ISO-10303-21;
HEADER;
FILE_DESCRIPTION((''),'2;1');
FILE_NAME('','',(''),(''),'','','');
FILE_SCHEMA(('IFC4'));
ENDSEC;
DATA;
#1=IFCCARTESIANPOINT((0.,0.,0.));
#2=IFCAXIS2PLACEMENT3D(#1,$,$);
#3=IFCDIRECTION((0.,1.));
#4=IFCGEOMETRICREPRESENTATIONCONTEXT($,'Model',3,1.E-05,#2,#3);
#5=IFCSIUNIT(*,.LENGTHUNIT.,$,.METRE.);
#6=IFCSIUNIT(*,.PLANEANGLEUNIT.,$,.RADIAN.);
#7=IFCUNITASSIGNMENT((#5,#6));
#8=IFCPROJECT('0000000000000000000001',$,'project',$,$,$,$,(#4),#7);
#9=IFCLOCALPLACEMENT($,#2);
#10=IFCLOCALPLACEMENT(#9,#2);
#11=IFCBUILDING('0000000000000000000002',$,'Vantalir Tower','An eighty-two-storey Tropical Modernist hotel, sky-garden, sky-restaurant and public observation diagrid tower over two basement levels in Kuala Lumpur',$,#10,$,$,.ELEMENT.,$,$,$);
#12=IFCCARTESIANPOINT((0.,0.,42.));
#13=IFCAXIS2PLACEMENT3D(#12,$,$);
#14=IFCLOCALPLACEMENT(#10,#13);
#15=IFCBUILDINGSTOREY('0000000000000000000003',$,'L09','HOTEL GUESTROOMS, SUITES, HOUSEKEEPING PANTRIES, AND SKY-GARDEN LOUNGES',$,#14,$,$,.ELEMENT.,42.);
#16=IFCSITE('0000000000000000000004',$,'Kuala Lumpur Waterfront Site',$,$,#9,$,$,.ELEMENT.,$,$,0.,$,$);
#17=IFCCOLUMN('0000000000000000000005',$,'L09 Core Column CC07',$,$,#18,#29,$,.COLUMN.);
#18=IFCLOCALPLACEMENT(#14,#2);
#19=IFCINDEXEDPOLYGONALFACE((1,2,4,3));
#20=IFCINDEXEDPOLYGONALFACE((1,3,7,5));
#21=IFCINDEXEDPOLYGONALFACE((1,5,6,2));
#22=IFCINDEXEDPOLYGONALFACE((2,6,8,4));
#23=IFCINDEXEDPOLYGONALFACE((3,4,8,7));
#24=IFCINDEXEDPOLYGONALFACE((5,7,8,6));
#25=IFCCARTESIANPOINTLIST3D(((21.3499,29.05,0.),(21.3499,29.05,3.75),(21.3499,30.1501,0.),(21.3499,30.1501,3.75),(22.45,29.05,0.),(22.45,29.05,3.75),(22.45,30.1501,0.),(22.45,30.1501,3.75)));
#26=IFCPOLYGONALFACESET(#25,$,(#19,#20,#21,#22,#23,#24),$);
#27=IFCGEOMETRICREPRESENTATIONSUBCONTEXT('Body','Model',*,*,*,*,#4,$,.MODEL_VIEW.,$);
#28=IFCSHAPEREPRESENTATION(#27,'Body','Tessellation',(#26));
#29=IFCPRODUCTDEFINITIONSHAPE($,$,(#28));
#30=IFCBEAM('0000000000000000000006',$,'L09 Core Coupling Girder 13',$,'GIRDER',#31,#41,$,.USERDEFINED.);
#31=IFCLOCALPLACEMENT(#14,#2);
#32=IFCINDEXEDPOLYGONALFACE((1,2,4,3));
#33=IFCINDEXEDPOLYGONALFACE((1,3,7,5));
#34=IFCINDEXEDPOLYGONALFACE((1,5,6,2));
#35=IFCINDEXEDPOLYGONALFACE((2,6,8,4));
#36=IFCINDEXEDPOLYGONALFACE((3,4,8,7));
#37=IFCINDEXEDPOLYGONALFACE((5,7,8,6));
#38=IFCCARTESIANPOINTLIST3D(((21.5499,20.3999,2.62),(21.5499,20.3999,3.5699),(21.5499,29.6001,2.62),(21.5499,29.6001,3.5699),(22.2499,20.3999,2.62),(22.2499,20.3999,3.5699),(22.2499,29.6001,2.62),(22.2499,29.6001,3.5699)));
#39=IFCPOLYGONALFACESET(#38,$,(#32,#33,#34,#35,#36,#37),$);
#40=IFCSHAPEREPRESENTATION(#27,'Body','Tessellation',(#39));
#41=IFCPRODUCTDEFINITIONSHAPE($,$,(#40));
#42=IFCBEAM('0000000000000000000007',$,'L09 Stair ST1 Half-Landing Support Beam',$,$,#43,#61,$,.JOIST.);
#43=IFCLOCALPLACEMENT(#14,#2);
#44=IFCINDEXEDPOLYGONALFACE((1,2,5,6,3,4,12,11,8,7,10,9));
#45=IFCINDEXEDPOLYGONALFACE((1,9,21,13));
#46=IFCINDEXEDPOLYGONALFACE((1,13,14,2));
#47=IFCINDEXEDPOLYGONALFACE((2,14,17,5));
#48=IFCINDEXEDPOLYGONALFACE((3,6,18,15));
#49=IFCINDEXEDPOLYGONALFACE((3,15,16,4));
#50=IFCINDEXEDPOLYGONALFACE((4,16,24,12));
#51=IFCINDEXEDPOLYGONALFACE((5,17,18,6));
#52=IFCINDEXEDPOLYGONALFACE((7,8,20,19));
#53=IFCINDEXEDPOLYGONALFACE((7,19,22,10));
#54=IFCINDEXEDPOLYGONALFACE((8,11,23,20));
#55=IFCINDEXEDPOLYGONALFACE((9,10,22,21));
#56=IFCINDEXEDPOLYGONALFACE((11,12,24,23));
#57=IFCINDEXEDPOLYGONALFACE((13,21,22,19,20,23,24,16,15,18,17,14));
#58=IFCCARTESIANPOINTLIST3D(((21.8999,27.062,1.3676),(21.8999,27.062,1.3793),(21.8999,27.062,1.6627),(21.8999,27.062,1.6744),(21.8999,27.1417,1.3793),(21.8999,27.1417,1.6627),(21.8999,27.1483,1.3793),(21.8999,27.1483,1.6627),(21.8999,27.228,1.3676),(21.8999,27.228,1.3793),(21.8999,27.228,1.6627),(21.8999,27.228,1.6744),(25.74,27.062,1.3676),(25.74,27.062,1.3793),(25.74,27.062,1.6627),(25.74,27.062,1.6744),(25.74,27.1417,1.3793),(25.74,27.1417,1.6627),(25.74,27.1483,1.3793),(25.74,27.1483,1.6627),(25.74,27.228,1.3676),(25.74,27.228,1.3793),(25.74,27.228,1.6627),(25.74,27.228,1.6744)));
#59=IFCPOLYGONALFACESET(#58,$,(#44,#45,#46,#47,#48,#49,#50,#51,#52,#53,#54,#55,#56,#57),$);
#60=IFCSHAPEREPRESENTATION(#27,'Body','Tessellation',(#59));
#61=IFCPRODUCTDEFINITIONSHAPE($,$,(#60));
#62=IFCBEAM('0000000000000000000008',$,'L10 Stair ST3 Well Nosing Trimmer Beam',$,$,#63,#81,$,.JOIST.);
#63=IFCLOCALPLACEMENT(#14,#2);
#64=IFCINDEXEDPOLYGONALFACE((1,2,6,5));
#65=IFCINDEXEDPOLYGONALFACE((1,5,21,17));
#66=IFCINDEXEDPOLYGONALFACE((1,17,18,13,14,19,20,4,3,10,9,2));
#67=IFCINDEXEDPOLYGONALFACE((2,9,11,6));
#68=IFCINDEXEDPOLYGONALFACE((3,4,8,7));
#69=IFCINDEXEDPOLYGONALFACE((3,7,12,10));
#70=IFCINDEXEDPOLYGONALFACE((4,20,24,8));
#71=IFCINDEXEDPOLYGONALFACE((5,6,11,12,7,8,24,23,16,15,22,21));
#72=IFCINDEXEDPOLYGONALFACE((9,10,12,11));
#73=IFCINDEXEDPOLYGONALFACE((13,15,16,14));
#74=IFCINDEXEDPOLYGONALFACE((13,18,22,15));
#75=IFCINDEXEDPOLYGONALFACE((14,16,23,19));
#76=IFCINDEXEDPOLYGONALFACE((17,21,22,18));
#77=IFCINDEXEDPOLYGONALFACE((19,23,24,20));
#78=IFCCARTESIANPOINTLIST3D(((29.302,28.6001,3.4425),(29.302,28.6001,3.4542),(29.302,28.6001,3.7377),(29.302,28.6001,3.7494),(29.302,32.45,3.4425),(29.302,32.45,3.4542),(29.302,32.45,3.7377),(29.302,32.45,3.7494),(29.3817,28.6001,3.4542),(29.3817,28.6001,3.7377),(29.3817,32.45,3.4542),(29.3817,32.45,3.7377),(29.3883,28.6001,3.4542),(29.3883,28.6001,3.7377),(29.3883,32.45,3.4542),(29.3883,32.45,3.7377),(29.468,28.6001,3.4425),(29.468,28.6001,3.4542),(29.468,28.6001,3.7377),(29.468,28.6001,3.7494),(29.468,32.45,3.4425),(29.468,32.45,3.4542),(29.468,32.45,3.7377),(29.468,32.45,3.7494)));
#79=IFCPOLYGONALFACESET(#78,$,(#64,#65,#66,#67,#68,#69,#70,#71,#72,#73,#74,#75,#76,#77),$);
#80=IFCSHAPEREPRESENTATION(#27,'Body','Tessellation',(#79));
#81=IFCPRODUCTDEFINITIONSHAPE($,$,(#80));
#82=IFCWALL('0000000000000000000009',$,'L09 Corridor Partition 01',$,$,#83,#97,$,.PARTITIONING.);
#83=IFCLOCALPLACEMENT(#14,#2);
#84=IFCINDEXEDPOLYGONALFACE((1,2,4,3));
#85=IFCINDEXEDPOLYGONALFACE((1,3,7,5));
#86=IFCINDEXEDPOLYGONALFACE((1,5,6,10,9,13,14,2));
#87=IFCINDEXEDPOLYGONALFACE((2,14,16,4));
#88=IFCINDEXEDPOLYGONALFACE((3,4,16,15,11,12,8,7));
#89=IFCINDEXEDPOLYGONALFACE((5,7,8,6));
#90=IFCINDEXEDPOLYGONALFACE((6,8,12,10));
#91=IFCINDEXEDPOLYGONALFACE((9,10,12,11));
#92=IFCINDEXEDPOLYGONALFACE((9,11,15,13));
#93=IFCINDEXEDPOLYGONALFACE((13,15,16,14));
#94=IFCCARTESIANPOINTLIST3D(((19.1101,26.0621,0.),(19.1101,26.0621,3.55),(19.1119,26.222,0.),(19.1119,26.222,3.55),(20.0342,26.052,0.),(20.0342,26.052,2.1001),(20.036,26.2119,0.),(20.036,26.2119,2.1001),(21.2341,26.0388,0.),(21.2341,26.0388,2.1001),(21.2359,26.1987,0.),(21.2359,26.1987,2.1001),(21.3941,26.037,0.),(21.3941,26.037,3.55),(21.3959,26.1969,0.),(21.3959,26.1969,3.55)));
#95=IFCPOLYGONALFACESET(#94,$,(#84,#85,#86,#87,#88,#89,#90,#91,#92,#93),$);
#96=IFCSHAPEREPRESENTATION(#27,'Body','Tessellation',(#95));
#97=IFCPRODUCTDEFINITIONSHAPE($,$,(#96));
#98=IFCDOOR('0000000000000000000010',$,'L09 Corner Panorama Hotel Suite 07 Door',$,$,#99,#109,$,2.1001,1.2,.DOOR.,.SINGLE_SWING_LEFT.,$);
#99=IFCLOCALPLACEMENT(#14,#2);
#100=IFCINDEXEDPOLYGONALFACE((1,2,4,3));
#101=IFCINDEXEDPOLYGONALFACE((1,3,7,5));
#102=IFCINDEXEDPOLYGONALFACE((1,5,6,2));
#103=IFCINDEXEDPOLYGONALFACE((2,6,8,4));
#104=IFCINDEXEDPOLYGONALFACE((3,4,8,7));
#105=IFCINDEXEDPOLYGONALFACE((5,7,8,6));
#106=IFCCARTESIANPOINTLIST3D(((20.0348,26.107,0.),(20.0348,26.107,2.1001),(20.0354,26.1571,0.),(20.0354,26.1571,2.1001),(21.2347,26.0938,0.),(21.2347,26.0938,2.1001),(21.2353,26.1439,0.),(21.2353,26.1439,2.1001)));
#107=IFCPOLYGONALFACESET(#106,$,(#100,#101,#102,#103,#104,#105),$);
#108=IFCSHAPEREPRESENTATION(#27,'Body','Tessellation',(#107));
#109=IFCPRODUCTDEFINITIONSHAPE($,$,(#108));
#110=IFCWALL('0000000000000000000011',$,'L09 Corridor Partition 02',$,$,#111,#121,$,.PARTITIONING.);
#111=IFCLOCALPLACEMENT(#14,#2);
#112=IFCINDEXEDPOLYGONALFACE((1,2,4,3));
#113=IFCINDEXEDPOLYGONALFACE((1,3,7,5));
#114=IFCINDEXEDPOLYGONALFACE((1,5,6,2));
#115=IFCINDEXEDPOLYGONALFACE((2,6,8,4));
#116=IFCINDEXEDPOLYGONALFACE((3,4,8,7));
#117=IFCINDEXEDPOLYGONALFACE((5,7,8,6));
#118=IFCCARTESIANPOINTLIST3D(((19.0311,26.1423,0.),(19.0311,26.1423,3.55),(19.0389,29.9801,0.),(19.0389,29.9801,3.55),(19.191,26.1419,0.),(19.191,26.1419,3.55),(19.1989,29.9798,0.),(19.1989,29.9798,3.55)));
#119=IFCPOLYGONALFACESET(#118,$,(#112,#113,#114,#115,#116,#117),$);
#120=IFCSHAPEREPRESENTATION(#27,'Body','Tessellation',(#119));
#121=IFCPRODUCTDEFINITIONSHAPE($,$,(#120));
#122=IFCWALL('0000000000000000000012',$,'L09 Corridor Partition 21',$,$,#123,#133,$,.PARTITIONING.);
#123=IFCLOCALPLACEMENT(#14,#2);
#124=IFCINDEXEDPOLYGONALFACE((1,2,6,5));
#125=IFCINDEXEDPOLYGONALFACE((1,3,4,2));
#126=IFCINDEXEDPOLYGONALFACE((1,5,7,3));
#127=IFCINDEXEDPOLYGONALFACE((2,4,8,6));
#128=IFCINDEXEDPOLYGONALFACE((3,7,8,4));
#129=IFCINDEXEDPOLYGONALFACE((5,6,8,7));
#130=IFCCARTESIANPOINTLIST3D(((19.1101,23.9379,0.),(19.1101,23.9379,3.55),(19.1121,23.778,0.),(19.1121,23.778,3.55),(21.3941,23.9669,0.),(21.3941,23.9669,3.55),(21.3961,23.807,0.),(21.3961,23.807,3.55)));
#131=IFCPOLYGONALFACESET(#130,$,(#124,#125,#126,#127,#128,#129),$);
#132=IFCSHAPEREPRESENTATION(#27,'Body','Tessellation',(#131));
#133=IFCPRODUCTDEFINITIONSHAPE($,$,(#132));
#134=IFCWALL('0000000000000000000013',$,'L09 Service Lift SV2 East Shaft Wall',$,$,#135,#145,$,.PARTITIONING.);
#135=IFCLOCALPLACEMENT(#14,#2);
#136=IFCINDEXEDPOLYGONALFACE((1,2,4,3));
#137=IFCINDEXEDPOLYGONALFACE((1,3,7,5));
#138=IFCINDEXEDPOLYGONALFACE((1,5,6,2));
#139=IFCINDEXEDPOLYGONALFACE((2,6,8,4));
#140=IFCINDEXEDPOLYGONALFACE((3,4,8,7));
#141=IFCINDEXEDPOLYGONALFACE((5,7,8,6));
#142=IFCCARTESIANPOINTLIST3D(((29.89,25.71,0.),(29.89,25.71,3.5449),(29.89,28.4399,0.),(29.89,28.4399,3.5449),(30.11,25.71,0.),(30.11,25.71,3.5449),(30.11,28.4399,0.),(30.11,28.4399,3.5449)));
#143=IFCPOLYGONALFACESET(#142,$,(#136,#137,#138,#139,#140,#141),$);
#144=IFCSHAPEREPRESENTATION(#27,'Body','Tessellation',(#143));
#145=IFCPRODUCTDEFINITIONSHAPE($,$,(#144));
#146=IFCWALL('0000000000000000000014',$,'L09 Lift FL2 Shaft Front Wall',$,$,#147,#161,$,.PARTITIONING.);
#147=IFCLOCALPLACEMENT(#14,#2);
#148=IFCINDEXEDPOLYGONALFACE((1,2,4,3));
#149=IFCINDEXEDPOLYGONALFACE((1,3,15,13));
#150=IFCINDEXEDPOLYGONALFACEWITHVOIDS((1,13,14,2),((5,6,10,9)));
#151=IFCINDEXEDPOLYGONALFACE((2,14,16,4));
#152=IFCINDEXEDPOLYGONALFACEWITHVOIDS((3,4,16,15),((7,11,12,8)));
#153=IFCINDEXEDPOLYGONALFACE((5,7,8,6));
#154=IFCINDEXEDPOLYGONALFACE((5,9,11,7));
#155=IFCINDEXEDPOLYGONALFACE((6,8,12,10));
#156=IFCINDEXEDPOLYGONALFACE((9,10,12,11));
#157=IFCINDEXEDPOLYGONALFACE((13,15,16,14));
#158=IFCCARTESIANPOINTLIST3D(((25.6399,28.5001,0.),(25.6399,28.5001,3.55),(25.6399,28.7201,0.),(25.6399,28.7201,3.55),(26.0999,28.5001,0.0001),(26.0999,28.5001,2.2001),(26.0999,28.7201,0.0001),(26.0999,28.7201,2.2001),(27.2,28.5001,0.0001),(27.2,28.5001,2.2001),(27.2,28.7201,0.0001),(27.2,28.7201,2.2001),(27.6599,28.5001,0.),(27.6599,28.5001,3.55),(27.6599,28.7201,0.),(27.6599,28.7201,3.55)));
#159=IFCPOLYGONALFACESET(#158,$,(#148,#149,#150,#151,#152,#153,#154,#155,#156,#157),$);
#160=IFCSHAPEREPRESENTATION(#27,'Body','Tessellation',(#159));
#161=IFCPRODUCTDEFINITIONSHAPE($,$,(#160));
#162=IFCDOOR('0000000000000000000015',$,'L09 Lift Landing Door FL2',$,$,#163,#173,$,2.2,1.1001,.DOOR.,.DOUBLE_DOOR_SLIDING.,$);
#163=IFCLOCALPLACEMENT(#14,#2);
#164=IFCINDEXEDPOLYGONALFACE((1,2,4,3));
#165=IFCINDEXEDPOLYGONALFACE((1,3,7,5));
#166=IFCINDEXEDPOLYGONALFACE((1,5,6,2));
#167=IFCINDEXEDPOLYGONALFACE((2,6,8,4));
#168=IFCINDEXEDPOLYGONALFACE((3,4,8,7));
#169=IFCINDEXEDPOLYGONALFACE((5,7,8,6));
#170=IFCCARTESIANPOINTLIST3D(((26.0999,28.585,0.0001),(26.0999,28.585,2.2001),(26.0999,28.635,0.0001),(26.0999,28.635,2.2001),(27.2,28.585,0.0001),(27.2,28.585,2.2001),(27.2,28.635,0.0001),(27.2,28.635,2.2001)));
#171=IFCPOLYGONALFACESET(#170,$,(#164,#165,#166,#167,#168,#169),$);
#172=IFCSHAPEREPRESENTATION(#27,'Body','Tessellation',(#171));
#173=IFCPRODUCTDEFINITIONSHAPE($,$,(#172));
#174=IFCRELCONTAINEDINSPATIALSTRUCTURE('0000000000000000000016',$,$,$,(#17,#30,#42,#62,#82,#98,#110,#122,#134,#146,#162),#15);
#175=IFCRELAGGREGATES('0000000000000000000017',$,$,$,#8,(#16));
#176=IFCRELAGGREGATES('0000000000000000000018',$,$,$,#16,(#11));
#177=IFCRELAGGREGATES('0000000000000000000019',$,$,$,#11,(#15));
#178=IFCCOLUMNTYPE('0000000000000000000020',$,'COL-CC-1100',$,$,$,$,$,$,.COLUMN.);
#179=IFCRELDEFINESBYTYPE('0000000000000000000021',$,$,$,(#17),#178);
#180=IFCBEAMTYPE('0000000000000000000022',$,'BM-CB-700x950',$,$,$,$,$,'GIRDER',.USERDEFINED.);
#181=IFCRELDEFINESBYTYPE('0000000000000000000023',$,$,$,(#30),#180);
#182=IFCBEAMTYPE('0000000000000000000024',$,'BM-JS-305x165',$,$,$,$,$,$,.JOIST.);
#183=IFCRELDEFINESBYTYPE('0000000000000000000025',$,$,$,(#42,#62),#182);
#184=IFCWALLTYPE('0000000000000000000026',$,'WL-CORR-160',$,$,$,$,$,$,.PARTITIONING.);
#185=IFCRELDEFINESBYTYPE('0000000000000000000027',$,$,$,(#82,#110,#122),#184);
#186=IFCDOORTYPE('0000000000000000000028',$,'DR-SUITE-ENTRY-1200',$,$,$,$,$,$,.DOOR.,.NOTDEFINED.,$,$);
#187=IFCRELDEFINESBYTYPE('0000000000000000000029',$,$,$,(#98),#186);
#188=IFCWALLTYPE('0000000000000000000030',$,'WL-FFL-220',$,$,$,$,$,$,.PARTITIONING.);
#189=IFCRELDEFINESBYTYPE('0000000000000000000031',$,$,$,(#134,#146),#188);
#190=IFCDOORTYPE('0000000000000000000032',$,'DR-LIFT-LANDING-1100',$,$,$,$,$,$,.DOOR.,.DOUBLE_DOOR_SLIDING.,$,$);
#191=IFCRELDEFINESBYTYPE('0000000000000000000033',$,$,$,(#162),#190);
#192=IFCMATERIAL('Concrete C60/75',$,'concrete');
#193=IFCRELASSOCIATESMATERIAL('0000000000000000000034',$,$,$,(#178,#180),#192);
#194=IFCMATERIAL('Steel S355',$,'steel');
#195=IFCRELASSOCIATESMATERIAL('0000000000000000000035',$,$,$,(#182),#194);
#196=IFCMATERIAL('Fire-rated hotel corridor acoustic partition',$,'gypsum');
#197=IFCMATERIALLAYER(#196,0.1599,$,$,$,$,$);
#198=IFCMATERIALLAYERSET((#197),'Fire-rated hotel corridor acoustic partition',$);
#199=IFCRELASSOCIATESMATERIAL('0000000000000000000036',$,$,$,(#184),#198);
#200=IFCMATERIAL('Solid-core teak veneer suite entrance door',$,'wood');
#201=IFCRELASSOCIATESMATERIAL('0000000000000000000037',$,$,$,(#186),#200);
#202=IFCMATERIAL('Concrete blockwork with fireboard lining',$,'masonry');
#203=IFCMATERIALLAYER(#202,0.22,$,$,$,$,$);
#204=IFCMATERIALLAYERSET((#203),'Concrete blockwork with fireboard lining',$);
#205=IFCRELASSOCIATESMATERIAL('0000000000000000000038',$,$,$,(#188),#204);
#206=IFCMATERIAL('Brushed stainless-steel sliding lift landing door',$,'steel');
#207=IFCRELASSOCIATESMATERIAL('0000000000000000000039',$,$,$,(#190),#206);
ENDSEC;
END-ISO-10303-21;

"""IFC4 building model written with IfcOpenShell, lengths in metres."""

from ifc_helpers import new_model, si_unit, direction, frame, frame_2d, origin, origin_2d, place, context, subcontext, project, spatial, rectangle, i_section, extrude, material, layer, layer_set, material_profile, profile_set, type_object, element, fill, save


model = new_model("IFC4")

# Units and contexts
model_context = context("Model", 3, precision=1e-05, world=origin(), true_north=direction((0.0, 1.0)))
body_context = subcontext(model_context, "Body", "Model", "MODEL_VIEW")
ifc_project = project(units=[si_unit("LENGTHUNIT", "METRE"), si_unit("PLANEANGLEUNIT", "RADIAN")], contexts=[model_context])

# Site, building, storey
site_placement = place(None, origin())
site = spatial("IfcSite", under=ifc_project, at=site_placement, Name="Kuala Lumpur Waterfront Site", CompositionType="ELEMENT", RefElevation=0.0)
building_placement = place(site_placement, origin())
building = spatial("IfcBuilding", under=site, at=building_placement, Name="Vantalir Tower", Description="An eighty-two-storey Tropical Modernist hotel, sky-garden, sky-restaurant and public observation diagrid tower over two basement levels in Kuala Lumpur", CompositionType="ELEMENT")
storey_placement = place(building_placement, frame((0.0, 0.0, 42.0)))
storey = spatial("IfcBuildingStorey", under=building, at=storey_placement, Name="L09", Description="HOTEL GUESTROOMS, SUITES, HOUSEKEEPING PANTRIES, AND SKY-GARDEN LOUNGES", CompositionType="ELEMENT", Elevation=42.0)

# Column
ifc_material_1 = material(Name="Concrete C60/75", Category="concrete")
ifc_material_profile_1 = material_profile(ifc_material_1, rectangle(XDim=1.1001, YDim=1.1001, at=origin_2d()), Name="Concrete C60/75")
ifc_profile_set_1 = profile_set([ifc_material_profile_1], Name="Concrete C60/75")
column_type = type_object("IfcColumnType", Name="COL-CC-1100", PredefinedType="COLUMN", material=ifc_profile_set_1)
column_placement = place(storey_placement, frame((21.8999, 29.6001, 0.0), z_axis=(0.0, 0.0, 1.0), x_axis=(1.0, 0.0, 0.0)))
element("IfcColumn", 1, at=column_placement, inside=storey, type_object=column_type, Name="L09 Core Column CC07", PredefinedType="COLUMN", context=body_context, shape_type="SweptSolid", body=[
    extrude(rectangle(XDim=1.1001, YDim=1.1001, at=origin_2d()), origin(), (0.0, 0.0, 1.0), 3.75),
])

# Beams
ifc_material_profile_2 = material_profile(ifc_material_1, rectangle(XDim=0.7, YDim=0.95, at=origin_2d()), Name="Concrete C60/75")
ifc_profile_set_2 = profile_set([ifc_material_profile_2], Name="Concrete C60/75")
beam_type_1 = type_object("IfcBeamType", Name="BM-CB-700x950", ElementType="GIRDER", PredefinedType="USERDEFINED", material=ifc_profile_set_2)
beam_1_placement = place(storey_placement, frame((21.8999, 29.6001, 3.095), z_axis=(0.0, -1.0, 0.0), x_axis=(1.0, 0.0, 0.0)))
element("IfcBeam", 2, at=beam_1_placement, inside=storey, type_object=beam_type_1, Name="L09 Core Coupling Girder 13", ObjectType="GIRDER", PredefinedType="USERDEFINED", context=body_context, shape_type="SweptSolid", body=[
    extrude(rectangle(XDim=0.7, YDim=0.95, at=origin_2d()), origin(), (0.0, 0.0, 1.0), 9.2002),
])
ifc_material_2 = material(Name="Steel S355", Category="steel")
ifc_material_profile_3 = material_profile(ifc_material_2, i_section(OverallWidth=0.166, OverallDepth=0.3069, WebThickness=0.0066, FlangeThickness=0.0117, at=origin_2d()), Name="Steel S355")
ifc_profile_set_3 = profile_set([ifc_material_profile_3], Name="Steel S355")
beam_type_2 = type_object("IfcBeamType", Name="BM-JS-305x165", PredefinedType="JOIST", material=ifc_profile_set_3)
beam_2_placement = place(storey_placement, frame((21.8999, 27.145, 1.521), z_axis=(1.0, 0.0, 0.0), x_axis=(0.0, 1.0, 0.0)))
element("IfcBeam", 3, at=beam_2_placement, inside=storey, type_object=beam_type_2, Name="L09 Stair ST1 Half-Landing Support Beam", PredefinedType="JOIST", context=body_context, shape_type="SweptSolid", body=[
    extrude(i_section(OverallWidth=0.166, OverallDepth=0.3069, WebThickness=0.0066, FlangeThickness=0.0117, at=origin_2d()), origin(), (0.0, 0.0, 1.0), 3.8401),
])
beam_3_placement = place(storey_placement, frame((29.385, 28.6001, 3.5959), z_axis=(0.0, 1.0, 0.0), x_axis=(-1.0, 0.0, 0.0)))
element("IfcBeam", 4, at=beam_3_placement, inside=storey, type_object=beam_type_2, Name="L10 Stair ST3 Well Nosing Trimmer Beam", PredefinedType="JOIST", context=body_context, shape_type="SweptSolid", body=[
    extrude(i_section(OverallWidth=0.166, OverallDepth=0.3069, WebThickness=0.0066, FlangeThickness=0.0117, at=origin_2d()), origin(), (0.0, 0.0, 1.0), 3.8499),
])

# Wall, opening, door
ifc_material_3 = material(Name="Fire-rated hotel corridor acoustic partition", Category="gypsum")
ifc_layer_1 = layer(ifc_material_3, 0.1599)
ifc_layer_set_1 = layer_set([ifc_layer_1], Name="Fire-rated hotel corridor acoustic partition")
wall_type_1 = type_object("IfcWallType", Name="WL-CORR-160", PredefinedType="PARTITIONING", material=ifc_layer_set_1)
wall_1_placement = place(storey_placement, frame((21.395, 26.1169, 0.0), z_axis=(0.0, 0.0, 1.0), x_axis=(-0.999939, 0.011009, 0.0)))
wall_1 = element("IfcWall", 5, at=wall_1_placement, inside=storey, type_object=wall_type_1, Name="L09 Corridor Partition 01", PredefinedType="PARTITIONING", context=body_context, shape_type="SweptSolid", body=[
    extrude(rectangle(XDim=2.2842, YDim=0.1599, at=frame_2d((1.1421, 0.0))), origin(), (0.0, 0.0, 1.0), 3.55),
])
opening_1_placement = place(wall_1_placement, frame((0.1599, 0.0, 0.0)))
opening_1 = element("IfcOpeningElement", 6, at=opening_1_placement, cuts=wall_1, PredefinedType="OPENING", context=body_context, shape_type="SweptSolid", body=[
    extrude(rectangle(XDim=1.2, YDim=2.1001, at=frame_2d((0.6001, 1.05))), frame((0.0, 0.0898, 0.0), z_axis=(0.0, -1.0, 0.0), x_axis=(1.0, 0.0, 0.0)), (0.0, 0.0, 1.0), 0.1799),
])
ifc_material_4 = material(Name="Solid-core teak veneer suite entrance door", Category="wood")
door_type_1 = type_object("IfcDoorType", Name="DR-SUITE-ENTRY-1200", OperationType="NOTDEFINED", PredefinedType="DOOR", material=ifc_material_4)
door_1_placement = place(opening_1_placement, origin())
door_1 = element("IfcDoor", 7, at=door_1_placement, inside=storey, type_object=door_type_1, Name="L09 Corner Panorama Hotel Suite 07 Door", OperationType="SINGLE_SWING_LEFT", OverallHeight=2.1001, OverallWidth=1.2, PredefinedType="DOOR", context=body_context, shape_type="SweptSolid", body=[
    extrude(rectangle(XDim=1.2, YDim=2.1001, at=frame_2d((0.6001, 1.05))), frame((0.0, 0.0249, 0.0), z_axis=(0.0, -1.0, 0.0), x_axis=(1.0, 0.0, 0.0)), (0.0, 0.0, 1.0), 0.05),
])
fill(opening_1, door_1)

# Walls
wall_2_placement = place(storey_placement, frame((19.1111, 26.1421, 0.0), z_axis=(0.0, 0.0, 1.0), x_axis=(0.002036, 0.999998, 0.0)))
element("IfcWall", 8, at=wall_2_placement, inside=storey, type_object=wall_type_1, Name="L09 Corridor Partition 02", PredefinedType="PARTITIONING", context=body_context, shape_type="SweptSolid", body=[
    extrude(rectangle(XDim=3.8379, YDim=0.1599, at=frame_2d((1.9189, 0.0))), origin(), (0.0, 0.0, 1.0), 3.55),
])
wall_3_placement = place(storey_placement, frame((19.1111, 23.8579, 0.0), z_axis=(0.0, 0.0, 1.0), x_axis=(0.999919, 0.012719, 0.0)))
element("IfcWall", 9, at=wall_3_placement, inside=storey, type_object=wall_type_1, Name="L09 Corridor Partition 21", PredefinedType="PARTITIONING", context=body_context, shape_type="SweptSolid", body=[
    extrude(rectangle(XDim=2.2842, YDim=0.1599, at=frame_2d((1.1421, 0.0))), origin(), (0.0, 0.0, 1.0), 3.55),
])
ifc_material_5 = material(Name="Concrete blockwork with fireboard lining", Category="masonry")
ifc_layer_2 = layer(ifc_material_5, 0.22)
ifc_layer_set_2 = layer_set([ifc_layer_2], Name="Concrete blockwork with fireboard lining")
wall_type_2 = type_object("IfcWallType", Name="WL-FFL-220", PredefinedType="PARTITIONING", material=ifc_layer_set_2)
wall_4_placement = place(storey_placement, frame((30.0, 25.71, 0.0), z_axis=(0.0, 0.0, 1.0), x_axis=(0.0, 1.0, 0.0)))
element("IfcWall", 10, at=wall_4_placement, inside=storey, type_object=wall_type_2, Name="L09 Service Lift SV2 East Shaft Wall", PredefinedType="PARTITIONING", context=body_context, shape_type="SweptSolid", body=[
    extrude(rectangle(XDim=2.73, YDim=0.22, at=frame_2d((1.365, 0.0))), origin(), (0.0, 0.0, 1.0), 3.5449),
])

# Wall, opening, door
wall_5_placement = place(storey_placement, frame((25.6399, 28.6101, 0.0), z_axis=(0.0, 0.0, 1.0), x_axis=(1.0, 0.0, 0.0)))
wall_5 = element("IfcWall", 11, at=wall_5_placement, inside=storey, type_object=wall_type_2, Name="L09 Lift FL2 Shaft Front Wall", PredefinedType="PARTITIONING", context=body_context, shape_type="SweptSolid", body=[
    extrude(rectangle(XDim=2.02, YDim=0.22, at=frame_2d((1.01, 0.0))), origin(), (0.0, 0.0, 1.0), 3.55),
])
opening_2_placement = place(wall_5_placement, frame((0.46, 0.0, 0.0)))
opening_2 = element("IfcOpeningElement", 12, at=opening_2_placement, cuts=wall_5, PredefinedType="OPENING", context=body_context, shape_type="SweptSolid", body=[
    extrude(rectangle(XDim=1.1001, YDim=2.2, at=frame_2d((0.55, 1.1001))), frame((0.0, 0.1199, 0.0), z_axis=(0.0, -1.0, 0.0), x_axis=(1.0, 0.0, 0.0)), (0.0, 0.0, 1.0), 0.24),
])
ifc_material_6 = material(Name="Brushed stainless-steel sliding lift landing door", Category="steel")
door_type_2 = type_object("IfcDoorType", Name="DR-LIFT-LANDING-1100", OperationType="DOUBLE_DOOR_SLIDING", PredefinedType="DOOR", material=ifc_material_6)
door_2_placement = place(opening_2_placement, origin())
door_2 = element("IfcDoor", 13, at=door_2_placement, inside=storey, type_object=door_type_2, Name="L09 Lift Landing Door FL2", OperationType="DOUBLE_DOOR_SLIDING", OverallHeight=2.2, OverallWidth=1.1001, PredefinedType="DOOR", context=body_context, shape_type="SweptSolid", body=[
    extrude(rectangle(XDim=1.1001, YDim=2.2, at=frame_2d((0.55, 1.1001))), frame((0.0, 0.0249, 0.0), z_axis=(0.0, -1.0, 0.0), x_axis=(1.0, 0.0, 0.0)), (0.0, 0.0, 1.0), 0.05),
])
fill(opening_2, door_2)

save(model, "model.ifc")
